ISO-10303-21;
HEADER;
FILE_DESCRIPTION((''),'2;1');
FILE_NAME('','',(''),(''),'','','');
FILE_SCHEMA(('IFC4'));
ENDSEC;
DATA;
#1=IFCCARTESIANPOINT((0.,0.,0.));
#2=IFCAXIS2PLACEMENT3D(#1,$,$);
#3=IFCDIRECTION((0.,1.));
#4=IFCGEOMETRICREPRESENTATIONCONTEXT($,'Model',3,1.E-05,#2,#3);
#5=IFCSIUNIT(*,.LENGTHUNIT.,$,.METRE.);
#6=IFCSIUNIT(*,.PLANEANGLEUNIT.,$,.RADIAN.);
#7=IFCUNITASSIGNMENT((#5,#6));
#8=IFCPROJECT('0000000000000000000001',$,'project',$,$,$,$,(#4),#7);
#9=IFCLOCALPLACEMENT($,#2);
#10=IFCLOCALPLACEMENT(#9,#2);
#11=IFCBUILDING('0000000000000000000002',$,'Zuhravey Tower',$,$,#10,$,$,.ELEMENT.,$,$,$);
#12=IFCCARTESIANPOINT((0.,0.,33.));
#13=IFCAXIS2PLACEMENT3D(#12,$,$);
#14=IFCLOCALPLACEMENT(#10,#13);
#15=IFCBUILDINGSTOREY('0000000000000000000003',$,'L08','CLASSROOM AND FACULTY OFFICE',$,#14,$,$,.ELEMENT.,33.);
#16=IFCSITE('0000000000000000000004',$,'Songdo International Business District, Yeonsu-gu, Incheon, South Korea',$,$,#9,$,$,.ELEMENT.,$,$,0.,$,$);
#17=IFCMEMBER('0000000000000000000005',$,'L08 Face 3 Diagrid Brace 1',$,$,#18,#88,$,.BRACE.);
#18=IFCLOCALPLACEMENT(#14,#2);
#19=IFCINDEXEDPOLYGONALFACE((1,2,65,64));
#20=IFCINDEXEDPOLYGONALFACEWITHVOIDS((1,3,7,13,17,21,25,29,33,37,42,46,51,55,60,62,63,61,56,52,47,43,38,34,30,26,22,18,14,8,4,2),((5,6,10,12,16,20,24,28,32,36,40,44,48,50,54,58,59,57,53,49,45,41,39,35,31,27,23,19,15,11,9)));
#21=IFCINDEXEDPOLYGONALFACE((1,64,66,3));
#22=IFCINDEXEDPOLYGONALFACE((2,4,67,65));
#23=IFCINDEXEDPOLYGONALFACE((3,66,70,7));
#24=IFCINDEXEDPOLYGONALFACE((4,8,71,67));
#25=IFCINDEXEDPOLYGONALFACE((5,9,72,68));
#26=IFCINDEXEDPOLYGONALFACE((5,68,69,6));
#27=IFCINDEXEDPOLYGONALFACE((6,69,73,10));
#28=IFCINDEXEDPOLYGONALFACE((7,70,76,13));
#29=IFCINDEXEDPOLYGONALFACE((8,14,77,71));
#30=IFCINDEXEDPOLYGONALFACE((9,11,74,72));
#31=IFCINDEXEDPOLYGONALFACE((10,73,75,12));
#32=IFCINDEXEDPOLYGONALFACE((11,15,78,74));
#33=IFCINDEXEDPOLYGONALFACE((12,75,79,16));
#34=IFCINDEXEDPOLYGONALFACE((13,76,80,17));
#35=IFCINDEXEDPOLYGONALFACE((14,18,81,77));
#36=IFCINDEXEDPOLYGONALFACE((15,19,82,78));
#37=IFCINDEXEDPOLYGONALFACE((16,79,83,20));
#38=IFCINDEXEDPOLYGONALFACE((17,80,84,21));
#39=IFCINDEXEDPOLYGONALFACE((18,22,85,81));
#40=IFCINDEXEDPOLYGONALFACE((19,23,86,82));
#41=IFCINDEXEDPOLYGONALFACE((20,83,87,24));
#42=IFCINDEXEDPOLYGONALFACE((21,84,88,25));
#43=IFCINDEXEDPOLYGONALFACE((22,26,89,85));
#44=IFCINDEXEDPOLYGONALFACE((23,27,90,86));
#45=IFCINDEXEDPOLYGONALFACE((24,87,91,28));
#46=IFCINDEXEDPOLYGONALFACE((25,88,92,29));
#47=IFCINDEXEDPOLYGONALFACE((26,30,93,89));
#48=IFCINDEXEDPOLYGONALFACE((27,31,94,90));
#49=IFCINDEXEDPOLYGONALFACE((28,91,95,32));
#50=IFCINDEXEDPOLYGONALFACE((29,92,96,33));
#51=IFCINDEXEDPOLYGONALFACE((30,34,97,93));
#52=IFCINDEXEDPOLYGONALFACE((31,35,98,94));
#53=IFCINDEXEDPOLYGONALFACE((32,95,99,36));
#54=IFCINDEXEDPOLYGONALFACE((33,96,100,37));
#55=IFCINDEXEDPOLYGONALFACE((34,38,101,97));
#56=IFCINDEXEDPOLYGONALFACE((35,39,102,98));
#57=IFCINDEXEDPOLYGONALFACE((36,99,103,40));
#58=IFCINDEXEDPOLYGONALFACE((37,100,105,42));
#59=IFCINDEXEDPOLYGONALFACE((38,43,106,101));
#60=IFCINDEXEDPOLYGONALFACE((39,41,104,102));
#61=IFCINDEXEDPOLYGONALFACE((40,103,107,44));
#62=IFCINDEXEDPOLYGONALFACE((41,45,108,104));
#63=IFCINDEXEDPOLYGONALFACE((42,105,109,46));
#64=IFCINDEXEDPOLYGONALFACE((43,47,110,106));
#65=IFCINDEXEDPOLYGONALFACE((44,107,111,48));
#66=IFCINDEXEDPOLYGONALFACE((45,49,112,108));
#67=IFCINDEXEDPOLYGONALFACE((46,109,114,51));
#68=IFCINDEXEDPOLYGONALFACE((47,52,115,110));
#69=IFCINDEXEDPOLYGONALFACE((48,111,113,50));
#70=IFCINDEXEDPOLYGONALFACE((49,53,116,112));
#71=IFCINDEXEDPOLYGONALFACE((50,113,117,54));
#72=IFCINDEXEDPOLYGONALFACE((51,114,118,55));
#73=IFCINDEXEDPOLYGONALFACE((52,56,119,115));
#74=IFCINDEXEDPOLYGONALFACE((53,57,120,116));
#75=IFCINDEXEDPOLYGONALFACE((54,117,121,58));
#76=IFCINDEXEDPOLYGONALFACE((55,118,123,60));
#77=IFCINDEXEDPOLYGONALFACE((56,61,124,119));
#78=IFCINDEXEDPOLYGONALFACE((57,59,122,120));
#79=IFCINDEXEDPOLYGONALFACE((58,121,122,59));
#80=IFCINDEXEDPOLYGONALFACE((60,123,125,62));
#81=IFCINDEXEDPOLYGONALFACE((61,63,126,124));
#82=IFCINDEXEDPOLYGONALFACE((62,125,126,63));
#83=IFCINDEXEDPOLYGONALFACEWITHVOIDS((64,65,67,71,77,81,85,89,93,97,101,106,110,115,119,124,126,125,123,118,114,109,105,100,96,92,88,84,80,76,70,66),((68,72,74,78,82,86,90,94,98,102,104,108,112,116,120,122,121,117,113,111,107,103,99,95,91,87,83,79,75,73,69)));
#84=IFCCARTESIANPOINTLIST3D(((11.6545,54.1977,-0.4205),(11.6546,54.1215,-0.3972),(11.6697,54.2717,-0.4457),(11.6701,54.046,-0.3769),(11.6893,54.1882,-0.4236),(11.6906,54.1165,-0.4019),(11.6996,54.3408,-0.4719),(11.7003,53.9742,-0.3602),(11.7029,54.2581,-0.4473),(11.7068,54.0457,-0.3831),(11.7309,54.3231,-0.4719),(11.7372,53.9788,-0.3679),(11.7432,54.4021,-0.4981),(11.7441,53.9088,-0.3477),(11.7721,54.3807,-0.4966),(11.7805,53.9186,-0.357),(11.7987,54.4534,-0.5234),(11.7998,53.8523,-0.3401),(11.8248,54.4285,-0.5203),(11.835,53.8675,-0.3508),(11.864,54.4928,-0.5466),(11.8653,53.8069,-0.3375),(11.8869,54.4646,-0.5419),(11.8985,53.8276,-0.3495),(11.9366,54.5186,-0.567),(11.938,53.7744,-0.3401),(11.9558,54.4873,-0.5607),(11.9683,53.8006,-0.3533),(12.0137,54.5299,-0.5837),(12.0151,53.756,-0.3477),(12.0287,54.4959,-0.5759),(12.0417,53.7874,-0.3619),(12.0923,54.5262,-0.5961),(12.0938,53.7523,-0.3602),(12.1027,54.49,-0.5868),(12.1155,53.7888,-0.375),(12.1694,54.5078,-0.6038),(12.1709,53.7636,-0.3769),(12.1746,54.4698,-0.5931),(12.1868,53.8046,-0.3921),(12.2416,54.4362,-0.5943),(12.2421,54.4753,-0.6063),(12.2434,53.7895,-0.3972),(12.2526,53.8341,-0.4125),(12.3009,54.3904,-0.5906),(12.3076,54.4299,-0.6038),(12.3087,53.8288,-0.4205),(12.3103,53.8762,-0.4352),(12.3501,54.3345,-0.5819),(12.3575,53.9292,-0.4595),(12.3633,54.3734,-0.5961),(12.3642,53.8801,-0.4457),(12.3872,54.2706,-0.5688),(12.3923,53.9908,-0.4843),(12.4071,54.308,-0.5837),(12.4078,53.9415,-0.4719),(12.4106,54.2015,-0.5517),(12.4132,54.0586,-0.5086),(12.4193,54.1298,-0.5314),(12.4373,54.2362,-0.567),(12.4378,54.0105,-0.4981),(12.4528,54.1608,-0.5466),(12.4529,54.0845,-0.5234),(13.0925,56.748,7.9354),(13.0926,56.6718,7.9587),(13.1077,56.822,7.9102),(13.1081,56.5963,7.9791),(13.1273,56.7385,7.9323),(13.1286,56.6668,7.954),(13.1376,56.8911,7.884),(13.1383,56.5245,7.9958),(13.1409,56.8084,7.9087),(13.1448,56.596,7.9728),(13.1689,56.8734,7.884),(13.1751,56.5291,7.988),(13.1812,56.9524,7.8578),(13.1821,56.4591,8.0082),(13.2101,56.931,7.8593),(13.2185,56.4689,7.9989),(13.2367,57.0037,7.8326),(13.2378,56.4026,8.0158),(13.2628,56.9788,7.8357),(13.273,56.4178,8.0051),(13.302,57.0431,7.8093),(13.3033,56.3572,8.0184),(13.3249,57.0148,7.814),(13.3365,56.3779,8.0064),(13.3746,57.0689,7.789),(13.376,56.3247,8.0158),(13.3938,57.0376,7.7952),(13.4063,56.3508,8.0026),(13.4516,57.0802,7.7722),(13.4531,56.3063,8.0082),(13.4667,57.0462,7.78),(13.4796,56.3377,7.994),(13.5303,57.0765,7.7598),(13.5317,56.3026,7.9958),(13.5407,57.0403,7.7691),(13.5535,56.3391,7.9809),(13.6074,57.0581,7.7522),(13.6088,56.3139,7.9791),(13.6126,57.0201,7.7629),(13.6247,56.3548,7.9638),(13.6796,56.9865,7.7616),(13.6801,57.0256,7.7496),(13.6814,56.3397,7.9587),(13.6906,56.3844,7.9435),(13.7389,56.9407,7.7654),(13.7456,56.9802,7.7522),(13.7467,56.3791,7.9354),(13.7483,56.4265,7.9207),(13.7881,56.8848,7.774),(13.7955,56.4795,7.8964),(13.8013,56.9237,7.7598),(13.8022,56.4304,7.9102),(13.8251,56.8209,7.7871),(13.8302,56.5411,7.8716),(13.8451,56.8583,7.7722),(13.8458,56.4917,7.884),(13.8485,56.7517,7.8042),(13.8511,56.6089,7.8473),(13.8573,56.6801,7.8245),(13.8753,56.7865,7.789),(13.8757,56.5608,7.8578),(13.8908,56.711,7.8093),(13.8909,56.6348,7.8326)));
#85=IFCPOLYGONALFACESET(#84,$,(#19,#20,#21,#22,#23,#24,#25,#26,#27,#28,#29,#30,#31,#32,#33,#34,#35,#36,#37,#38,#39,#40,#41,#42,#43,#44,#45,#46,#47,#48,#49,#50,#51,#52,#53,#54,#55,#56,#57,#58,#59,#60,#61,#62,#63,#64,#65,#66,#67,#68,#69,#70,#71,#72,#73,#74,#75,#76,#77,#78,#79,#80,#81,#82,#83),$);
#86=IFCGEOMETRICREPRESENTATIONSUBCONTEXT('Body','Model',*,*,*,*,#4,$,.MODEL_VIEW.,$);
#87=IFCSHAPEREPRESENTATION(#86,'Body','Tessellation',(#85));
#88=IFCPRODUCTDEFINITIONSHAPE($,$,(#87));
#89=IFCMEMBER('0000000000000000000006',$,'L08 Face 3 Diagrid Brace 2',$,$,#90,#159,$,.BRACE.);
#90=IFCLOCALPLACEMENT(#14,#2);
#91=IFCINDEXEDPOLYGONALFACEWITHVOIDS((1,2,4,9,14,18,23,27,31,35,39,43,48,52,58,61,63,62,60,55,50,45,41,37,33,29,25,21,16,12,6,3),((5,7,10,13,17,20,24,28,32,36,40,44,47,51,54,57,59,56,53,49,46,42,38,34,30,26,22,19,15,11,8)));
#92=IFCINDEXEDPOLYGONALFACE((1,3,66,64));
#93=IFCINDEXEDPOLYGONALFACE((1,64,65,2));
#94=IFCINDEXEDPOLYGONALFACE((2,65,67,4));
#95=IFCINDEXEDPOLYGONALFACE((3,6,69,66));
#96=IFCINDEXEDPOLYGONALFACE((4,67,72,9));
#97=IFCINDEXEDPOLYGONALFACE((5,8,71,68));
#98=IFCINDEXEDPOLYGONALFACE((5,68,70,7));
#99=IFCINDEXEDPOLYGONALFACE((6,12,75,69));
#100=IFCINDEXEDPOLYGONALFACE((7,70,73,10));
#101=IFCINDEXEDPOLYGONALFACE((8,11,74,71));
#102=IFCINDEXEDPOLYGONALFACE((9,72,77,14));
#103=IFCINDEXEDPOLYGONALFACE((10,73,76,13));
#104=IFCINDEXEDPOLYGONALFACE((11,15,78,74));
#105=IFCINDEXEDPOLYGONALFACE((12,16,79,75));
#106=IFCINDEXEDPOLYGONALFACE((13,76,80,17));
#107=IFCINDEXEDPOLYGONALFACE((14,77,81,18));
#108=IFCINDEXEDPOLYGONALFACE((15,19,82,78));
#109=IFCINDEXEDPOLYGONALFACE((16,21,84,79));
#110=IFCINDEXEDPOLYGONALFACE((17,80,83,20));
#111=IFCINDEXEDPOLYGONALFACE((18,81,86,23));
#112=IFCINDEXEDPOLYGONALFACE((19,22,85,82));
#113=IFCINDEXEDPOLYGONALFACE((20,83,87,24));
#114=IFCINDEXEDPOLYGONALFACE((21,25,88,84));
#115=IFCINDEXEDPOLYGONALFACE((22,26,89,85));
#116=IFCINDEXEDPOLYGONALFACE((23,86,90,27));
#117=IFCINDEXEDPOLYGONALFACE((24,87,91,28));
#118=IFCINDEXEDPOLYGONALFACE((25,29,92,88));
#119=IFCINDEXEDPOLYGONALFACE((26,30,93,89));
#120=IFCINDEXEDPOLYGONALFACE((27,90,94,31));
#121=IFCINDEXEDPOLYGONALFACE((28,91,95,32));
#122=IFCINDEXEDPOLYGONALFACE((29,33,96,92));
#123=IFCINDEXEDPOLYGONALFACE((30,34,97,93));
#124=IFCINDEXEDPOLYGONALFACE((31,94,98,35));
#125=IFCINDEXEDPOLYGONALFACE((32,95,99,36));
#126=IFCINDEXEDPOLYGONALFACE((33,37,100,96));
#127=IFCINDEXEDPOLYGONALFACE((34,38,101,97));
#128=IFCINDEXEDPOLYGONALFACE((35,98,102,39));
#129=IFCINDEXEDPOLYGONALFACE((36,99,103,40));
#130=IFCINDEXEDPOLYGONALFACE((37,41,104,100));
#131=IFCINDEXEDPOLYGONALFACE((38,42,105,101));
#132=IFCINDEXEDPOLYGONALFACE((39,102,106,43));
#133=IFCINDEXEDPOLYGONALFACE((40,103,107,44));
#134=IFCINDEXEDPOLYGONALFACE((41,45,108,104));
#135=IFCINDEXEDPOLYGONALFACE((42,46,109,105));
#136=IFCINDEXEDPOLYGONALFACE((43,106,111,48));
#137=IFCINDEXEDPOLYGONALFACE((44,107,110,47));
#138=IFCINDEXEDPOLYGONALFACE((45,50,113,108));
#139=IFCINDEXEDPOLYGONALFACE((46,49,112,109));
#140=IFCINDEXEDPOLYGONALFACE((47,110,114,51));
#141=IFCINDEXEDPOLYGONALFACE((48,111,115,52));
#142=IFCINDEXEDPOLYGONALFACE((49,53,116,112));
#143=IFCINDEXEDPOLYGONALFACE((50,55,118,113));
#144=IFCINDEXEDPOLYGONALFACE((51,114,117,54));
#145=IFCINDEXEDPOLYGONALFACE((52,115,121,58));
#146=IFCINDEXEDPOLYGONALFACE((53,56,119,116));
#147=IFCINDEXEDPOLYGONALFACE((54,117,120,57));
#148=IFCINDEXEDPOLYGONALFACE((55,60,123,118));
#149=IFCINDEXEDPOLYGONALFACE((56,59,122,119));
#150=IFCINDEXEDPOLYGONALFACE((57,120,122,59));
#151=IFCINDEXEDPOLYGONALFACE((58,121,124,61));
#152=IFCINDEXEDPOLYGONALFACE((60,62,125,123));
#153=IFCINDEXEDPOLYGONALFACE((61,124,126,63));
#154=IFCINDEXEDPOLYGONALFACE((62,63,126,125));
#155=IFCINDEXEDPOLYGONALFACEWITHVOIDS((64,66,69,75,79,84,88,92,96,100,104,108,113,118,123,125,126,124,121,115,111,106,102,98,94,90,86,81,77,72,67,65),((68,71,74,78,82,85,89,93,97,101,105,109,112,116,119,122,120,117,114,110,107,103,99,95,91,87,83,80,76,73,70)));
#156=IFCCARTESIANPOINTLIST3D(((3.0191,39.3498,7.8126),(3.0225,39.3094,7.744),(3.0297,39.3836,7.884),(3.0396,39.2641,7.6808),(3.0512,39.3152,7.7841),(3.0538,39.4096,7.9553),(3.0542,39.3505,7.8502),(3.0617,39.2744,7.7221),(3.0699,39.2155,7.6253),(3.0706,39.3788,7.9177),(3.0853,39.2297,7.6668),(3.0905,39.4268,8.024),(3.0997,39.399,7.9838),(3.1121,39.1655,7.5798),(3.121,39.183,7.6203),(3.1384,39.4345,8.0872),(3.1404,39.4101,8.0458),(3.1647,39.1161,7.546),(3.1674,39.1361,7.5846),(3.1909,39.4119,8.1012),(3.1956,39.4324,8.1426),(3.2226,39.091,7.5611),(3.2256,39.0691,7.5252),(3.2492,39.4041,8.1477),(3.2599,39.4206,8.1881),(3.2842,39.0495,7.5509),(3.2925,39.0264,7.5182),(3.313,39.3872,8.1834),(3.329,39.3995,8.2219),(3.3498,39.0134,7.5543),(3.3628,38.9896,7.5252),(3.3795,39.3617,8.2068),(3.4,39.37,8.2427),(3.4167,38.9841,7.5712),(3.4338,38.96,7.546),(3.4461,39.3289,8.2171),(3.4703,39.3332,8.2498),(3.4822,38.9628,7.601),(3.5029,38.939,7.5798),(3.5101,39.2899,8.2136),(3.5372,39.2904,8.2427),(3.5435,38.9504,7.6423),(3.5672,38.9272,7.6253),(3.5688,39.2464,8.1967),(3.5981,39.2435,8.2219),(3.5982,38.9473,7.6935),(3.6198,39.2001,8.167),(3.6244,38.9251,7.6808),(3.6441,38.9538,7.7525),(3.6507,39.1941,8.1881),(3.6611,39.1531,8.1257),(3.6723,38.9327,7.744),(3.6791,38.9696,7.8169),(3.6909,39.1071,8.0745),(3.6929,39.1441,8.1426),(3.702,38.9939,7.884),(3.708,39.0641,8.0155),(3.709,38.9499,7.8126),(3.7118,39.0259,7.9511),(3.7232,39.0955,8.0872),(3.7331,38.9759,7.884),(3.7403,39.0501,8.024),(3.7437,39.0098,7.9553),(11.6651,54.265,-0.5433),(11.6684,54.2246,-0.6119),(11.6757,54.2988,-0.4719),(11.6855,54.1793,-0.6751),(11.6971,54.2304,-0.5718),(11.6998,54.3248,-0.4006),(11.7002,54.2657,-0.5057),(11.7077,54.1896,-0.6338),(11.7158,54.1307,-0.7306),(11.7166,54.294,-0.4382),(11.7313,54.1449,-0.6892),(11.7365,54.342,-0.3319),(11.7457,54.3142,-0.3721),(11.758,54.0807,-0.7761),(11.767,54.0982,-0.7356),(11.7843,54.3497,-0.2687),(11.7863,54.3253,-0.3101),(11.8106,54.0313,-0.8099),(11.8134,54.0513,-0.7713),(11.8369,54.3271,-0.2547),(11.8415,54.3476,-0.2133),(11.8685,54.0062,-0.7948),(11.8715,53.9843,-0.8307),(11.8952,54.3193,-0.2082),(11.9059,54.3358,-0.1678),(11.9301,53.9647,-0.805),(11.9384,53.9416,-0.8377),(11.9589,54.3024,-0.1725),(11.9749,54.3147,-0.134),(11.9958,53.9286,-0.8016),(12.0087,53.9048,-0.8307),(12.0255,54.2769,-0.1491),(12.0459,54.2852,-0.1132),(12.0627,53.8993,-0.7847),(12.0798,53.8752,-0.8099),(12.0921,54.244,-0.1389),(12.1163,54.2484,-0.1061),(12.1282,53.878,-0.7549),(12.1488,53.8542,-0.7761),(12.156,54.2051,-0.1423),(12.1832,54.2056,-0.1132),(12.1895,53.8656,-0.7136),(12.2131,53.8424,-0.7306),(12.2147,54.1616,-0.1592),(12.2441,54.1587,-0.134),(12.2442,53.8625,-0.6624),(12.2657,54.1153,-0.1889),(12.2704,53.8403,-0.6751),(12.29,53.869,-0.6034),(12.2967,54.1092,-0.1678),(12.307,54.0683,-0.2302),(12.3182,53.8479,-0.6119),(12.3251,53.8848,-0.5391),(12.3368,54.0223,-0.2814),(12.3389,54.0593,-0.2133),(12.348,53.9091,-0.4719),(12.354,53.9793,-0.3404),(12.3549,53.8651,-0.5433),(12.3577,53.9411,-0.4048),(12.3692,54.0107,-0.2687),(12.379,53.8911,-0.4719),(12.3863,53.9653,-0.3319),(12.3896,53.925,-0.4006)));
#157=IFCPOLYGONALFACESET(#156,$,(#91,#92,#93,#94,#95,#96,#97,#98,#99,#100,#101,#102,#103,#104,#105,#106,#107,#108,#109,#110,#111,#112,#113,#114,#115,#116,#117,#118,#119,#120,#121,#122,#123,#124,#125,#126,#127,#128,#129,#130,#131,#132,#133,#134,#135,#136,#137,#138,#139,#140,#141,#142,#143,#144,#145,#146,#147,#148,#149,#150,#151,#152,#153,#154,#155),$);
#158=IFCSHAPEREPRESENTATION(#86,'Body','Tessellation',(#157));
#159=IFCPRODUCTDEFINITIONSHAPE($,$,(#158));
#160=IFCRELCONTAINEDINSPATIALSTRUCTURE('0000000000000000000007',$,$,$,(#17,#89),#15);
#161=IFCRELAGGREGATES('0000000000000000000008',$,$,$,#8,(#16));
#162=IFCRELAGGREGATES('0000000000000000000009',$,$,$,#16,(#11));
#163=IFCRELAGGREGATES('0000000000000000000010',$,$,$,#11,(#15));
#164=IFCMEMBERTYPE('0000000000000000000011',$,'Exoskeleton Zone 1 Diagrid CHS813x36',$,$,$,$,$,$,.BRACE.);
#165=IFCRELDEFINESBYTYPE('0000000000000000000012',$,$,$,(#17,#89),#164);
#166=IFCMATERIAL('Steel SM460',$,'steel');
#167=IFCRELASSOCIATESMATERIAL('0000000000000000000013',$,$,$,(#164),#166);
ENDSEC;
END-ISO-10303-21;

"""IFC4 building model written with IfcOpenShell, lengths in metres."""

from ifc_helpers import new_model, si_unit, direction, frame, origin, origin_2d, place, context, subcontext, project, spatial, hollow_circle, extrude, material, material_profile, profile_set, type_object, element, save


model = new_model("IFC4")

# Units and contexts
model_context = context("Model", 3, precision=1e-05, world=origin(), true_north=direction((0.0, 1.0)))
body_context = subcontext(model_context, "Body", "Model", "MODEL_VIEW")
ifc_project = project(units=[si_unit("LENGTHUNIT", "METRE"), si_unit("PLANEANGLEUNIT", "RADIAN")], contexts=[model_context])

# Site, building, storey
site_placement = place(None, origin())
site = spatial("IfcSite", under=ifc_project, at=site_placement, Name="Songdo International Business District, Yeonsu-gu, Incheon, South Korea", CompositionType="ELEMENT", RefElevation=0.0)
building_placement = place(site_placement, origin())
building = spatial("IfcBuilding", under=site, at=building_placement, Name="Zuhravey Tower", CompositionType="ELEMENT")
storey_placement = place(building_placement, frame((0.0, 0.0, 33.0)))
storey = spatial("IfcBuildingStorey", under=building, at=storey_placement, Name="L08", Description="CLASSROOM AND FACULTY OFFICE", CompositionType="ELEMENT", Elevation=33.0)

# Members
ifc_material_1 = material(Name="Steel SM460", Category="steel")
ifc_material_profile_1 = material_profile(ifc_material_1, hollow_circle(Radius=0.4065, WallThickness=0.0359, at=origin_2d()), Name="CHS-812.8x36")
ifc_profile_set_1 = profile_set([ifc_material_profile_1], Name="Steel SM460")
member_type_1 = type_object("IfcMemberType", Name="Exoskeleton Zone 1 Diagrid CHS813x36", PredefinedType="BRACE", material=ifc_profile_set_1)
member_1_placement = place(storey_placement, frame((12.0537, 54.1411, -0.4719), z_axis=(0.162411, 0.288038, 0.943746), x_axis=(-0.871072, 0.491156, 0.0)))
element("IfcMember", 1, at=member_1_placement, inside=storey, type_object=member_type_1, Name="L08 Face 3 Diagrid Brace 1", PredefinedType="BRACE", context=body_context, shape_type="SweptSolid", body=[
    extrude(hollow_circle(Radius=0.4065, WallThickness=0.0359, at=origin_2d()), origin(), (0.0, 0.0, 1.0), 8.854),
])
member_2_placement = place(storey_placement, frame((12.0273, 54.095, -0.4719), z_axis=(-0.451292, -0.778528, 0.436153), x_axis=(0.865154, -0.501507, 0.0)))
element("IfcMember", 2, at=member_2_placement, inside=storey, type_object=member_type_1, Name="L08 Face 3 Diagrid Brace 2", PredefinedType="BRACE", context=body_context, shape_type="SweptSolid", body=[
    extrude(hollow_circle(Radius=0.4065, WallThickness=0.0359, at=origin_2d()), origin(), (0.0, 0.0, 1.0), 19.1582),
])

save(model, "model.ifc")
